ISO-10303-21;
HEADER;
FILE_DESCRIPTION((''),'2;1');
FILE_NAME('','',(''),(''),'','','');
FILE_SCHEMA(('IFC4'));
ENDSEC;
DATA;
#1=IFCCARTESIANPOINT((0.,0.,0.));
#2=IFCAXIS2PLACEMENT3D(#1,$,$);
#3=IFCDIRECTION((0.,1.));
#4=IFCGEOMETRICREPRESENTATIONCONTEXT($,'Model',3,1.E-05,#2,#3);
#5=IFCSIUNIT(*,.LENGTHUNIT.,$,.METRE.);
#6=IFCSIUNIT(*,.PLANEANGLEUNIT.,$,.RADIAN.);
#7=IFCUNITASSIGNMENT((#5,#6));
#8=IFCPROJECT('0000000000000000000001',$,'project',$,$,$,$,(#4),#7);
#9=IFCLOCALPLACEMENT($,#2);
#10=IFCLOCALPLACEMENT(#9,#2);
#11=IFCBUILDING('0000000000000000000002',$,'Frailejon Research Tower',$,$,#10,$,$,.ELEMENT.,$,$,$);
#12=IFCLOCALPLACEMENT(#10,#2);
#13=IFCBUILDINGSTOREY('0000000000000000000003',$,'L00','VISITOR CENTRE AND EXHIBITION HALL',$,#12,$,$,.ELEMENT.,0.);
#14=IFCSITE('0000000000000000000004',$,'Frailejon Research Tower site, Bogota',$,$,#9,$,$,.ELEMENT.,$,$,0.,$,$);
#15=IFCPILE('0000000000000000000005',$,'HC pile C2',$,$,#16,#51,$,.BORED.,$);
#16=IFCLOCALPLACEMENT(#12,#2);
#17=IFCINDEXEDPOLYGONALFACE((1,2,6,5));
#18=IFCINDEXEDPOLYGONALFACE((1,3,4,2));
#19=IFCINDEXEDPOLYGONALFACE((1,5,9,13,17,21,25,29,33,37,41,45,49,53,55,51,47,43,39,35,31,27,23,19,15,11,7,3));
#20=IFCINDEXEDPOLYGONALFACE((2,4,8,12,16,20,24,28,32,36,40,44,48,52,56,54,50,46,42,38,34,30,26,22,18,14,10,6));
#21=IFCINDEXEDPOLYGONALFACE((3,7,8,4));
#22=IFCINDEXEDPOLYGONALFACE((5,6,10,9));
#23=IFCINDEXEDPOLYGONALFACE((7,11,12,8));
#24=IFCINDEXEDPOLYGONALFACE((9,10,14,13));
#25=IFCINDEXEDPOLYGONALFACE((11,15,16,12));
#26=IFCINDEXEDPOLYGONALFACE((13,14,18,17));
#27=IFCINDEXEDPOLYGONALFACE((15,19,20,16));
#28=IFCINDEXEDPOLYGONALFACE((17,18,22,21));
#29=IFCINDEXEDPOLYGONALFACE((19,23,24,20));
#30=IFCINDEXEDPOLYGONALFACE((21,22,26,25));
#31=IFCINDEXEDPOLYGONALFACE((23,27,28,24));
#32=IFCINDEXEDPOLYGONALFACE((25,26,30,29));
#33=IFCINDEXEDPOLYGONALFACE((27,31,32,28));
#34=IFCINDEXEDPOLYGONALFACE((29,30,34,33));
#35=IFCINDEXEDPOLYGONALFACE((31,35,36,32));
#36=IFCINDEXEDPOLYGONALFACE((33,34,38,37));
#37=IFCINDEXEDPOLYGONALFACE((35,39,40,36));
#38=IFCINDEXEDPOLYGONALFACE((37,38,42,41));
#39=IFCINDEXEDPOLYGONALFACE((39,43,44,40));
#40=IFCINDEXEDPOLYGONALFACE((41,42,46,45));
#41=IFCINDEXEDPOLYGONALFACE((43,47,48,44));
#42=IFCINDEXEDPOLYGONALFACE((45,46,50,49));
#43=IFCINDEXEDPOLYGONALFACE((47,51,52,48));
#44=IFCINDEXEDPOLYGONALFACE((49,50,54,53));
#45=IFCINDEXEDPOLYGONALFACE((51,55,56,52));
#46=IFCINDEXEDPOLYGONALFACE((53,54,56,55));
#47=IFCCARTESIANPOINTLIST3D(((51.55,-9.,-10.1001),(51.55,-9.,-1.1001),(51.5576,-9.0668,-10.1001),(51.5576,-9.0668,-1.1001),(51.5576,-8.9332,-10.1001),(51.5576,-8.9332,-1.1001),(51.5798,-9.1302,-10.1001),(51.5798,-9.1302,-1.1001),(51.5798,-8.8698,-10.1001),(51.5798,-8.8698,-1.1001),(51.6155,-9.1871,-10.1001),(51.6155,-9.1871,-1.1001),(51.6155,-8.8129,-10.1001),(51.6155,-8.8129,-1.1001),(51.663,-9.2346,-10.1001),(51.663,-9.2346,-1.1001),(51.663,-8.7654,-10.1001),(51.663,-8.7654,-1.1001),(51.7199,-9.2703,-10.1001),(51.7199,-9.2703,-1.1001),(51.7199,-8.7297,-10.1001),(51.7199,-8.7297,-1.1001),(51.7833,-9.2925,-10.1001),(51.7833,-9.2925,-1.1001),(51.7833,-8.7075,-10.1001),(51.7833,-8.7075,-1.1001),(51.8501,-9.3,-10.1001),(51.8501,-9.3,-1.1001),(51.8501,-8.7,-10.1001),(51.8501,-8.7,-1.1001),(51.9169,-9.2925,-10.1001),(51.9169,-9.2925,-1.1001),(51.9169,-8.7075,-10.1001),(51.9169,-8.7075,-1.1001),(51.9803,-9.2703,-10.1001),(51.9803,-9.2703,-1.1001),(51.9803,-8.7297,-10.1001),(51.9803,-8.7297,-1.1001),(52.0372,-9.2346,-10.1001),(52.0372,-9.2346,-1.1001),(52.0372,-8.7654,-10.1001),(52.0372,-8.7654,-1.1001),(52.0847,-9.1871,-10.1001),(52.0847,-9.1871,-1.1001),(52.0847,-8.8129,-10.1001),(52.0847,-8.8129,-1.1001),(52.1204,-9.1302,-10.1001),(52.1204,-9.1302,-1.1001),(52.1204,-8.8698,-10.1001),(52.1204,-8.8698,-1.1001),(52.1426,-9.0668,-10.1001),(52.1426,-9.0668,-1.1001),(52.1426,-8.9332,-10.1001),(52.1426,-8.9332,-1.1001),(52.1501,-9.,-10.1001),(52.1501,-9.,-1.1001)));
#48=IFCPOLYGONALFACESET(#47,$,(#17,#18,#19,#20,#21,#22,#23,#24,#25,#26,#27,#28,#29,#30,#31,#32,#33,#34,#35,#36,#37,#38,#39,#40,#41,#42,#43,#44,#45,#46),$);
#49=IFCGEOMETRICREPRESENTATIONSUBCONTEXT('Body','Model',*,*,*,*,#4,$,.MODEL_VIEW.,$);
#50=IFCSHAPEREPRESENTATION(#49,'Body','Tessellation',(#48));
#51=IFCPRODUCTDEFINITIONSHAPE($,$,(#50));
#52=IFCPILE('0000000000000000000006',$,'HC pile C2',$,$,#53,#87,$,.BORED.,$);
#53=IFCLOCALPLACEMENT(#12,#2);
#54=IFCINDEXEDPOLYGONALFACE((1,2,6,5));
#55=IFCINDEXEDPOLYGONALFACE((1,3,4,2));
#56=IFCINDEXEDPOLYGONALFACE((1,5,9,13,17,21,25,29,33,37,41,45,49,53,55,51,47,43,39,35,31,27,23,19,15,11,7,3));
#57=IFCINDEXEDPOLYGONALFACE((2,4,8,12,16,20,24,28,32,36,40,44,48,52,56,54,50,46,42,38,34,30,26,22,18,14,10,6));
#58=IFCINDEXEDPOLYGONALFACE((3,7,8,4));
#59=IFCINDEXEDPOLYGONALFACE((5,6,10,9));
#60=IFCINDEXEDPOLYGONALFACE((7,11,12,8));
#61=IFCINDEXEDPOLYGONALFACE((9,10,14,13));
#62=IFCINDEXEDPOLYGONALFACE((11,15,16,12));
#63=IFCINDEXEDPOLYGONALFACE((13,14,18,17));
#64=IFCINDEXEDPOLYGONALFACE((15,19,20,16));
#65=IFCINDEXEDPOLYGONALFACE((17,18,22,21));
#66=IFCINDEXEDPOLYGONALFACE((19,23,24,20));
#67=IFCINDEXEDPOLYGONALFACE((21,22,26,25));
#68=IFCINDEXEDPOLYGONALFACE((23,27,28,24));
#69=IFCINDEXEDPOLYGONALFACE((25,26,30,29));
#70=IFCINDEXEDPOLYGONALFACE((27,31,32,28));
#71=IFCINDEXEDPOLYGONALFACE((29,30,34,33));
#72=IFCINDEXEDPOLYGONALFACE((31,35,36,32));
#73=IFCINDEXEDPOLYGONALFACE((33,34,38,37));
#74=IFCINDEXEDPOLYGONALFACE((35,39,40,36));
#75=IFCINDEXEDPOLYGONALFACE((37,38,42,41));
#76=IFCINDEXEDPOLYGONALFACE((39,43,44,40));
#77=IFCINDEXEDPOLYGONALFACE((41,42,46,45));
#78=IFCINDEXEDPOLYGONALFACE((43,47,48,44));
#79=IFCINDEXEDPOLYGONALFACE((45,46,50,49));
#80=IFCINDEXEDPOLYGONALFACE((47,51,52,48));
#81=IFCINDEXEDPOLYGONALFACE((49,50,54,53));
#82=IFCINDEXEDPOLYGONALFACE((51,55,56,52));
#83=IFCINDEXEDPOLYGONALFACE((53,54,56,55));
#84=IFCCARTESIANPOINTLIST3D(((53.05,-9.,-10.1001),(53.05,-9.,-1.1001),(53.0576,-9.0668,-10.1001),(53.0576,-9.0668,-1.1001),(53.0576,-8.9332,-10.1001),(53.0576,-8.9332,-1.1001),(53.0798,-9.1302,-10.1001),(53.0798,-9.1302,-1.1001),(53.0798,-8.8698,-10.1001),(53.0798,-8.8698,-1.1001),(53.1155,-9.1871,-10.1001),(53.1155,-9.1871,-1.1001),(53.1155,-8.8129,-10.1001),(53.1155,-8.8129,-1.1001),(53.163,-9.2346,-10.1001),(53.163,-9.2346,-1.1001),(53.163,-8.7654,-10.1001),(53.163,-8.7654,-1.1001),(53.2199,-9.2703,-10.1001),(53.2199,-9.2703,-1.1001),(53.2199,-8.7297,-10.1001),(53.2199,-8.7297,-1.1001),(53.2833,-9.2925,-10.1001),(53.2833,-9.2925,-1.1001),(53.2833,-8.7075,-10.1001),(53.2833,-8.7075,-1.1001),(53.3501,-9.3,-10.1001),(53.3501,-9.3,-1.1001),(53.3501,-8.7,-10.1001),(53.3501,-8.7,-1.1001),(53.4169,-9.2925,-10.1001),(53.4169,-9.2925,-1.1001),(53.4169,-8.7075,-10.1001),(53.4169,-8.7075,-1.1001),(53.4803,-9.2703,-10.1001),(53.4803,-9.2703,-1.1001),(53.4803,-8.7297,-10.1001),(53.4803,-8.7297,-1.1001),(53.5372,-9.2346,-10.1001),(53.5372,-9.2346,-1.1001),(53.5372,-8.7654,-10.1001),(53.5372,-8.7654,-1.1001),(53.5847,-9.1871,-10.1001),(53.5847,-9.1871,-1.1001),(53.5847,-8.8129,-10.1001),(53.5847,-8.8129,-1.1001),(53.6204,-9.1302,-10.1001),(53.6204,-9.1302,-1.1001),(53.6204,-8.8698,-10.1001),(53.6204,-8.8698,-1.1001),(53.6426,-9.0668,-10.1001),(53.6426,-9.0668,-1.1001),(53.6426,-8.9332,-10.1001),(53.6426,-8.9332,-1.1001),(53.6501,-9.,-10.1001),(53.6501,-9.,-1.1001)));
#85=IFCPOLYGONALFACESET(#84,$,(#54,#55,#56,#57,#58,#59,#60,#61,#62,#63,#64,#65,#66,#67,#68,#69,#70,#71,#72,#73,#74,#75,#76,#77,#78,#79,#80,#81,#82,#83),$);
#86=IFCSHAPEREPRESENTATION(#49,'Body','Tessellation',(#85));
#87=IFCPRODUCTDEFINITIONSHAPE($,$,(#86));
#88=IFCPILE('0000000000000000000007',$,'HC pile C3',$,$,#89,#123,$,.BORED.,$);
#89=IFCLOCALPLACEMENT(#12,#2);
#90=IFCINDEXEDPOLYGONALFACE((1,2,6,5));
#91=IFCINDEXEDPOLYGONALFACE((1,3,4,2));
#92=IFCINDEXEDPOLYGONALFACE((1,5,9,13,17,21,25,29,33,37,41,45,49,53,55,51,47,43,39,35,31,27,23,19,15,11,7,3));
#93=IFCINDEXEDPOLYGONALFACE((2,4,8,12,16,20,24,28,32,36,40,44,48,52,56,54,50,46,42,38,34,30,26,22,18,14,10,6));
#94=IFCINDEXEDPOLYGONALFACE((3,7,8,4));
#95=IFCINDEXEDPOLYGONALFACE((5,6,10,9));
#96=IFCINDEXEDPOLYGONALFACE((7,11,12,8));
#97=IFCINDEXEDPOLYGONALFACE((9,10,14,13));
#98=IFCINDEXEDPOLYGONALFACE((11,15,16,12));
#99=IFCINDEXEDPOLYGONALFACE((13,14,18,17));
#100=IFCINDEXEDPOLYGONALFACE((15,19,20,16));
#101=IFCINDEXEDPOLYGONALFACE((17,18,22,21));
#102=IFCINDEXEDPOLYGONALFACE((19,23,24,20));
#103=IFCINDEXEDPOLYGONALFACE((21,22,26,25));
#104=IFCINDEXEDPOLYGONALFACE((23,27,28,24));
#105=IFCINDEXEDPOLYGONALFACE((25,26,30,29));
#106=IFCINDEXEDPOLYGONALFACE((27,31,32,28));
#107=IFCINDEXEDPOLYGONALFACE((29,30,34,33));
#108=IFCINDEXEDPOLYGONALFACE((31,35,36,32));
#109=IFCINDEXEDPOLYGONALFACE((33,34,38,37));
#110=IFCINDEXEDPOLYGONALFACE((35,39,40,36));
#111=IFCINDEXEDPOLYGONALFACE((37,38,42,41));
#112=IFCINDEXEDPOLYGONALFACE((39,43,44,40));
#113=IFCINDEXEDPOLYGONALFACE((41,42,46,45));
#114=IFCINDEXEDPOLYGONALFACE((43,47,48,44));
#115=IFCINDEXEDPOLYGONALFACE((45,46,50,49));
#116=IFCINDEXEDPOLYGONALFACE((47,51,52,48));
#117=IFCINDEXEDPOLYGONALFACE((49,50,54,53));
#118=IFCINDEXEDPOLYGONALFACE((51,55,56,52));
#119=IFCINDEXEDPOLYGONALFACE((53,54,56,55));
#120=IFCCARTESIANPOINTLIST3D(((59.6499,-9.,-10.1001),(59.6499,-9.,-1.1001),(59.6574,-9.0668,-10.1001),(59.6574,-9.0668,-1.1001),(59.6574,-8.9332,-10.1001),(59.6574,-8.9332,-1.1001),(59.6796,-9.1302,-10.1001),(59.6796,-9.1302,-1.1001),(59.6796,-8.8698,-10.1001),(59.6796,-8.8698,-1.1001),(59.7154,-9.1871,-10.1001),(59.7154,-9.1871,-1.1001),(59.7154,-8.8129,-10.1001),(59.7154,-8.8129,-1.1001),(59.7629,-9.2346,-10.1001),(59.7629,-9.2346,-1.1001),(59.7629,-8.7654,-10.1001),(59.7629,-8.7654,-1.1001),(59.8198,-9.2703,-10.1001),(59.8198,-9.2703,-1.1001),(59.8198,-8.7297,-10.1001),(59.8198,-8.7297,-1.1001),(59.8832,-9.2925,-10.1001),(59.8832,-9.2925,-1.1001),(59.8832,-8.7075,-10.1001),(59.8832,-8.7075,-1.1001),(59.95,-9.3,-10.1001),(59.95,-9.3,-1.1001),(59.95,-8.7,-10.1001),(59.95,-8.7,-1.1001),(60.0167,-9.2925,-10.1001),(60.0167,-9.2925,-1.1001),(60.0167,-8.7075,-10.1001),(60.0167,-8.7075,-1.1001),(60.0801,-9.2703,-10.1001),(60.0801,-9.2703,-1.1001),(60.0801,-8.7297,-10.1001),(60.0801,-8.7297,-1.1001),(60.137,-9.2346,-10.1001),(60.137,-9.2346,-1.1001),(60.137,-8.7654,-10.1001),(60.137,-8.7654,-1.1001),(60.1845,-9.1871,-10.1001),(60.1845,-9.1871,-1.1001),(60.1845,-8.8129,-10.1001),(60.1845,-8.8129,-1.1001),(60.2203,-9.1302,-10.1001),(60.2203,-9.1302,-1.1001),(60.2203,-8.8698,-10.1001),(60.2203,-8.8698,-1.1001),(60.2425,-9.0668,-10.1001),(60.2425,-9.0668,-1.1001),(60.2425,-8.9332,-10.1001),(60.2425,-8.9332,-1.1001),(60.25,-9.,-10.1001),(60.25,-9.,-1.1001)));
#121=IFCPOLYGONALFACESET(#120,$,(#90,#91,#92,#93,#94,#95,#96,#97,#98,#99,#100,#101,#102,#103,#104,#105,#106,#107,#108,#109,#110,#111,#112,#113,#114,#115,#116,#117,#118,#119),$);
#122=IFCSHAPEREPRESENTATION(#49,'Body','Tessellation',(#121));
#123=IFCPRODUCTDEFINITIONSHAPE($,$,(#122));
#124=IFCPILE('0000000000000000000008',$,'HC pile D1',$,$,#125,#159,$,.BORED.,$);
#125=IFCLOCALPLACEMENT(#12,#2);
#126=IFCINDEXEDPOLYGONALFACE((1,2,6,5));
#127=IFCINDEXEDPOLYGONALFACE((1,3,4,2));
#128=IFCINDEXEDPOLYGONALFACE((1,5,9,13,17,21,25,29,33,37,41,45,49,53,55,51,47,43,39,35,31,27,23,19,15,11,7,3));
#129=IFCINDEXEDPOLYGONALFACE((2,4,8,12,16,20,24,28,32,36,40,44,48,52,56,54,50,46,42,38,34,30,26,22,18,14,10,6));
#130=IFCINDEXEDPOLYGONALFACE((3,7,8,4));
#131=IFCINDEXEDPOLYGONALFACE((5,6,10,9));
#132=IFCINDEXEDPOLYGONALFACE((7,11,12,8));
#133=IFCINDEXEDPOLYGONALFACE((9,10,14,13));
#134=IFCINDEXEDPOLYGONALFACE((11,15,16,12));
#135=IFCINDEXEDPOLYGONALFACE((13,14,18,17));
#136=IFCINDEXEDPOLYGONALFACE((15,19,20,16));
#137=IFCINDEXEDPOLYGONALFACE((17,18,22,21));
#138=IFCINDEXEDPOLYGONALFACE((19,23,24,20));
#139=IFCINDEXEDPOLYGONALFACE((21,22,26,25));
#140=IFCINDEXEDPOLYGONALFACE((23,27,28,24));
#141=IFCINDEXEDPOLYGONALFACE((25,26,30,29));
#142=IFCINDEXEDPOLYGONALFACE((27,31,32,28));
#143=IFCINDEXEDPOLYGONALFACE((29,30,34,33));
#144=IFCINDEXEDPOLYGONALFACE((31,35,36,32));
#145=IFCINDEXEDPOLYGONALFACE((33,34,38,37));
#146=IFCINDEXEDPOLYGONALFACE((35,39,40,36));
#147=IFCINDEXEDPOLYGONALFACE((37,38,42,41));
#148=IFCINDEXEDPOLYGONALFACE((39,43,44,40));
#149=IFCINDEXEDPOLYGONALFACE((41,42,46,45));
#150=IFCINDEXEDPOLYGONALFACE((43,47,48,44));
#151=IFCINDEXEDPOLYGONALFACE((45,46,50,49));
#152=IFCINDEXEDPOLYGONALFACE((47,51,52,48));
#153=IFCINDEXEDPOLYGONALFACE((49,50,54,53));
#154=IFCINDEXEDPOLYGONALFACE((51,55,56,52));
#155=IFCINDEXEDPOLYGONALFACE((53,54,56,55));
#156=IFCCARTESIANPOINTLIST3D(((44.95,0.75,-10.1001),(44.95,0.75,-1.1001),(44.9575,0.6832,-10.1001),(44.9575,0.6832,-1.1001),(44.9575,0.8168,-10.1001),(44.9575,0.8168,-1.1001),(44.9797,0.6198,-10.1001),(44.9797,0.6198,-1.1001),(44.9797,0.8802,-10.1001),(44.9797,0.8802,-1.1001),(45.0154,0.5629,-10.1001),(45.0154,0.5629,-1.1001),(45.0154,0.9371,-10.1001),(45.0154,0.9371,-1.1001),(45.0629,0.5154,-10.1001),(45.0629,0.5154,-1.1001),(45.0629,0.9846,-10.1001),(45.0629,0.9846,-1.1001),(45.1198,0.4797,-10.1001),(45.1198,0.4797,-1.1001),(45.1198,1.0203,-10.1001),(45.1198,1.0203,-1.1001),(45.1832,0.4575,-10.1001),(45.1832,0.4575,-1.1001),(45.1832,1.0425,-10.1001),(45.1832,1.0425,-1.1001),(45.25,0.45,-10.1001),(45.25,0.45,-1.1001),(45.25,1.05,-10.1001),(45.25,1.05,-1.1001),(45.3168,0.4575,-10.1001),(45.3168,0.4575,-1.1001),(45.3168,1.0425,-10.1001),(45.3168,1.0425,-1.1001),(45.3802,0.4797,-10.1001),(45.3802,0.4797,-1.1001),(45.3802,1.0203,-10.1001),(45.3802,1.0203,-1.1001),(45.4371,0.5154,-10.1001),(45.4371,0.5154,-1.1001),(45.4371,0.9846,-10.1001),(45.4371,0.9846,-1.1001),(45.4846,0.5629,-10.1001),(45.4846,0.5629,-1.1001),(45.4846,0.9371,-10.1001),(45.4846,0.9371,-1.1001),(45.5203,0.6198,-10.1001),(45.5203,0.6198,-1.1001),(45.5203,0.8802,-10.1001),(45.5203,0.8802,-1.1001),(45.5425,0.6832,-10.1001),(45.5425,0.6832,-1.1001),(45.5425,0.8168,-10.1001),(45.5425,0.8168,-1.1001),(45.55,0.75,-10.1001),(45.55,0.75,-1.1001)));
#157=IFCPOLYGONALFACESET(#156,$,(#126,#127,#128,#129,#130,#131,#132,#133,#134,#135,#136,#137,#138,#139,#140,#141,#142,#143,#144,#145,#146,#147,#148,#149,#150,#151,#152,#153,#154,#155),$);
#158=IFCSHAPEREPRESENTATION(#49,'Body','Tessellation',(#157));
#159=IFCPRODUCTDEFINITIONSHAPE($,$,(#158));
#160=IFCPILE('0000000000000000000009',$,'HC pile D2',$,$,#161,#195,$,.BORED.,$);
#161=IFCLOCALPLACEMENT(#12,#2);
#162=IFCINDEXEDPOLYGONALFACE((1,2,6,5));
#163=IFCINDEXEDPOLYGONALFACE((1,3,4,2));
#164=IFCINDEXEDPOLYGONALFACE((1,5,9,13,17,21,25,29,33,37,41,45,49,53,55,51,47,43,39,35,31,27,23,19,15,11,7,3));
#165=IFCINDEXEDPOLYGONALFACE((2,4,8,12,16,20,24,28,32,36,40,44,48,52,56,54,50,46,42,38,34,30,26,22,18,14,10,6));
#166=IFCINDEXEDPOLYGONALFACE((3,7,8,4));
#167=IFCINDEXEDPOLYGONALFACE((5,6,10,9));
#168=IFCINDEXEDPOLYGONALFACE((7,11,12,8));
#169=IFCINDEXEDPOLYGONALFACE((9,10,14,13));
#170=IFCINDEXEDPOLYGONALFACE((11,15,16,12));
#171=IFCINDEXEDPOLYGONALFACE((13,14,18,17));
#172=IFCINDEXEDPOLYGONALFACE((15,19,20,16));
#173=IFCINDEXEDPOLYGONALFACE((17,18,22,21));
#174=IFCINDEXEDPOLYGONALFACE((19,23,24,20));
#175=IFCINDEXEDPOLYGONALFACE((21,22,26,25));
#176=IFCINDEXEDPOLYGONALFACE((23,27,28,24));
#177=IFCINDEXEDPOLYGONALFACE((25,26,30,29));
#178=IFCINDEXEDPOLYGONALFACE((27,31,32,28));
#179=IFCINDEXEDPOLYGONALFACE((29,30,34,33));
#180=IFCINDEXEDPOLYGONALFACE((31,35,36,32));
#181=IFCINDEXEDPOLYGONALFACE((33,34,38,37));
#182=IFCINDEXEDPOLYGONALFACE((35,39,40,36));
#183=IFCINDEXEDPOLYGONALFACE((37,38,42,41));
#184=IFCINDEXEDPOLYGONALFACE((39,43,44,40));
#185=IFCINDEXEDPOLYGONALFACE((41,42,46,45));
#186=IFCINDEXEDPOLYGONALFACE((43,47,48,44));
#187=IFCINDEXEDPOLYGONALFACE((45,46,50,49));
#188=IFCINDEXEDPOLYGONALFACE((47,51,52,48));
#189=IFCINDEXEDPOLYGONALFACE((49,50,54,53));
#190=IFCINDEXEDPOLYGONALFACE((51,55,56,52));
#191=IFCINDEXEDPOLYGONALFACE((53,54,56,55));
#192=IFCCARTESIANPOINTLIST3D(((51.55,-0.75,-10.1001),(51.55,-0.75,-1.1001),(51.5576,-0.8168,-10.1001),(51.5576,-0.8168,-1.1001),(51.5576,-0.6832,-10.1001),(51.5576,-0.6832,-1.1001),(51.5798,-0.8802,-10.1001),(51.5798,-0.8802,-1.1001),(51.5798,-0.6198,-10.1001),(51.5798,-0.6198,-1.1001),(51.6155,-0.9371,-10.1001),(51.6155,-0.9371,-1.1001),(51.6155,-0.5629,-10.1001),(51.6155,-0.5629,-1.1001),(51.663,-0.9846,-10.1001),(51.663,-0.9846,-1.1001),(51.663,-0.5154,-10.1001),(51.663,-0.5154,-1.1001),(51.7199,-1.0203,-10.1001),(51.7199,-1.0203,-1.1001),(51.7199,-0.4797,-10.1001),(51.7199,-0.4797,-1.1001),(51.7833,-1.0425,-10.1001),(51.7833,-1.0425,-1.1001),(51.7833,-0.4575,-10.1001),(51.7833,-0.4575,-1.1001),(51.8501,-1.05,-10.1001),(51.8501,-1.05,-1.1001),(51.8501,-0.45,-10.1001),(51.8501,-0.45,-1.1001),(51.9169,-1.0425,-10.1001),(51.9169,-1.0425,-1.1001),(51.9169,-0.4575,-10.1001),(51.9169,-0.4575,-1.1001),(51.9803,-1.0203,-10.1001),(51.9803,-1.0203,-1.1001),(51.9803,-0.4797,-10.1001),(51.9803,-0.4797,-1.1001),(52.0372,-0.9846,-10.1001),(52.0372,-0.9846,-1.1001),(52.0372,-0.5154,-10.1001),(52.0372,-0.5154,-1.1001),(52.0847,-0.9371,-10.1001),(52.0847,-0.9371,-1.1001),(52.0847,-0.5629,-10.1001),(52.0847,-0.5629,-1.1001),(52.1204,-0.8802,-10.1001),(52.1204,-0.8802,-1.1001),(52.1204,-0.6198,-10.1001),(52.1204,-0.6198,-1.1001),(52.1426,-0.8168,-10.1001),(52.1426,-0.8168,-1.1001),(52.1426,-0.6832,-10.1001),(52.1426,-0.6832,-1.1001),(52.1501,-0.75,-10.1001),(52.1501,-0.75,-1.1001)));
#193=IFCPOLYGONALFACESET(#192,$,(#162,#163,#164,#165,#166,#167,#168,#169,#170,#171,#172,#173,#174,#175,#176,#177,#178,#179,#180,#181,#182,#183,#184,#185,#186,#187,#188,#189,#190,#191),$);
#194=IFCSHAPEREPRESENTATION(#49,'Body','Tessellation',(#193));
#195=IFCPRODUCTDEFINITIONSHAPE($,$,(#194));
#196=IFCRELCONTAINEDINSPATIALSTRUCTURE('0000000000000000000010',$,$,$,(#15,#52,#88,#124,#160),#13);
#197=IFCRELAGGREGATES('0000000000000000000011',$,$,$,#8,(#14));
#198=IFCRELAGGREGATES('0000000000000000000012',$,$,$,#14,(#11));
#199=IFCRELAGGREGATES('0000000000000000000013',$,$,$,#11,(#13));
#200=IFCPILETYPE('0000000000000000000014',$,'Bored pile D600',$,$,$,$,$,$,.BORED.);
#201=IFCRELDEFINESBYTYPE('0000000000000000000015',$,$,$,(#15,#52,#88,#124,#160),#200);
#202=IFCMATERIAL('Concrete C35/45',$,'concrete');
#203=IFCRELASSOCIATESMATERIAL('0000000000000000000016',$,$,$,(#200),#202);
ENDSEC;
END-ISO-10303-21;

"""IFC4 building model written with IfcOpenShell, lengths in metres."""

from ifc_helpers import new_model, si_unit, direction, frame, origin, origin_2d, place, context, subcontext, project, spatial, circle, extrude, material, material_profile, profile_set, type_object, element, save


model = new_model("IFC4")

# Units and contexts
model_context = context("Model", 3, precision=1e-05, world=origin(), true_north=direction((0.0, 1.0)))
body_context = subcontext(model_context, "Body", "Model", "MODEL_VIEW")
ifc_project = project(units=[si_unit("LENGTHUNIT", "METRE"), si_unit("PLANEANGLEUNIT", "RADIAN")], contexts=[model_context])

# Site, building, storey
site_placement = place(None, origin())
site = spatial("IfcSite", under=ifc_project, at=site_placement, Name="Frailejon Research Tower site, Bogota", CompositionType="ELEMENT", RefElevation=0.0)
building_placement = place(site_placement, origin())
building = spatial("IfcBuilding", under=site, at=building_placement, Name="Frailejon Research Tower", CompositionType="ELEMENT")
storey_placement = place(building_placement, origin())
storey = spatial("IfcBuildingStorey", under=building, at=storey_placement, Name="L00", Description="VISITOR CENTRE AND EXHIBITION HALL", CompositionType="ELEMENT", Elevation=0.0)

# Piles
ifc_material_1 = material(Name="Concrete C35/45", Category="concrete")
ifc_material_profile_1 = material_profile(ifc_material_1, circle(Radius=0.3, at=origin_2d()), Name="Bored pile D600")
ifc_profile_set_1 = profile_set([ifc_material_profile_1], Name="Concrete C35/45")
pile_type = type_object("IfcPileType", Name="Bored pile D600", PredefinedType="BORED", material=ifc_profile_set_1)
for number, where, z_axis, x_axis, name in (
    (1, (51.8501, -9.0, -1.1001), (0.0, 0.0, -1.0), (1.0, 0.0, 0.0), "HC pile C2"),
    (2, (53.3501, -9.0, -1.1001), (0.0, 0.0, -1.0), (1.0, 0.0, 0.0), "HC pile C2"),
    (3, (59.95, -9.0, -1.1001), (0.0, 0.0, -1.0), (1.0, 0.0, 0.0), "HC pile C3"),
    (4, (45.25, 0.75, -1.1001), (0.0, 0.0, -1.0), (1.0, 0.0, 0.0), "HC pile D1"),
    (5, (51.8501, -0.75, -1.1001), (0.0, 0.0, -1.0), (1.0, 0.0, 0.0), "HC pile D2"),
):
    element("IfcPile", number, at=place(storey_placement, frame(where, z_axis=z_axis, x_axis=x_axis)), inside=storey, type_object=pile_type, Name=name, PredefinedType="BORED", context=body_context, shape_type="SweptSolid", body=[
        extrude(circle(Radius=0.3, at=origin_2d()), origin(), (0.0, 0.0, 1.0), 9.0),
    ])

save(model, "model.ifc")
